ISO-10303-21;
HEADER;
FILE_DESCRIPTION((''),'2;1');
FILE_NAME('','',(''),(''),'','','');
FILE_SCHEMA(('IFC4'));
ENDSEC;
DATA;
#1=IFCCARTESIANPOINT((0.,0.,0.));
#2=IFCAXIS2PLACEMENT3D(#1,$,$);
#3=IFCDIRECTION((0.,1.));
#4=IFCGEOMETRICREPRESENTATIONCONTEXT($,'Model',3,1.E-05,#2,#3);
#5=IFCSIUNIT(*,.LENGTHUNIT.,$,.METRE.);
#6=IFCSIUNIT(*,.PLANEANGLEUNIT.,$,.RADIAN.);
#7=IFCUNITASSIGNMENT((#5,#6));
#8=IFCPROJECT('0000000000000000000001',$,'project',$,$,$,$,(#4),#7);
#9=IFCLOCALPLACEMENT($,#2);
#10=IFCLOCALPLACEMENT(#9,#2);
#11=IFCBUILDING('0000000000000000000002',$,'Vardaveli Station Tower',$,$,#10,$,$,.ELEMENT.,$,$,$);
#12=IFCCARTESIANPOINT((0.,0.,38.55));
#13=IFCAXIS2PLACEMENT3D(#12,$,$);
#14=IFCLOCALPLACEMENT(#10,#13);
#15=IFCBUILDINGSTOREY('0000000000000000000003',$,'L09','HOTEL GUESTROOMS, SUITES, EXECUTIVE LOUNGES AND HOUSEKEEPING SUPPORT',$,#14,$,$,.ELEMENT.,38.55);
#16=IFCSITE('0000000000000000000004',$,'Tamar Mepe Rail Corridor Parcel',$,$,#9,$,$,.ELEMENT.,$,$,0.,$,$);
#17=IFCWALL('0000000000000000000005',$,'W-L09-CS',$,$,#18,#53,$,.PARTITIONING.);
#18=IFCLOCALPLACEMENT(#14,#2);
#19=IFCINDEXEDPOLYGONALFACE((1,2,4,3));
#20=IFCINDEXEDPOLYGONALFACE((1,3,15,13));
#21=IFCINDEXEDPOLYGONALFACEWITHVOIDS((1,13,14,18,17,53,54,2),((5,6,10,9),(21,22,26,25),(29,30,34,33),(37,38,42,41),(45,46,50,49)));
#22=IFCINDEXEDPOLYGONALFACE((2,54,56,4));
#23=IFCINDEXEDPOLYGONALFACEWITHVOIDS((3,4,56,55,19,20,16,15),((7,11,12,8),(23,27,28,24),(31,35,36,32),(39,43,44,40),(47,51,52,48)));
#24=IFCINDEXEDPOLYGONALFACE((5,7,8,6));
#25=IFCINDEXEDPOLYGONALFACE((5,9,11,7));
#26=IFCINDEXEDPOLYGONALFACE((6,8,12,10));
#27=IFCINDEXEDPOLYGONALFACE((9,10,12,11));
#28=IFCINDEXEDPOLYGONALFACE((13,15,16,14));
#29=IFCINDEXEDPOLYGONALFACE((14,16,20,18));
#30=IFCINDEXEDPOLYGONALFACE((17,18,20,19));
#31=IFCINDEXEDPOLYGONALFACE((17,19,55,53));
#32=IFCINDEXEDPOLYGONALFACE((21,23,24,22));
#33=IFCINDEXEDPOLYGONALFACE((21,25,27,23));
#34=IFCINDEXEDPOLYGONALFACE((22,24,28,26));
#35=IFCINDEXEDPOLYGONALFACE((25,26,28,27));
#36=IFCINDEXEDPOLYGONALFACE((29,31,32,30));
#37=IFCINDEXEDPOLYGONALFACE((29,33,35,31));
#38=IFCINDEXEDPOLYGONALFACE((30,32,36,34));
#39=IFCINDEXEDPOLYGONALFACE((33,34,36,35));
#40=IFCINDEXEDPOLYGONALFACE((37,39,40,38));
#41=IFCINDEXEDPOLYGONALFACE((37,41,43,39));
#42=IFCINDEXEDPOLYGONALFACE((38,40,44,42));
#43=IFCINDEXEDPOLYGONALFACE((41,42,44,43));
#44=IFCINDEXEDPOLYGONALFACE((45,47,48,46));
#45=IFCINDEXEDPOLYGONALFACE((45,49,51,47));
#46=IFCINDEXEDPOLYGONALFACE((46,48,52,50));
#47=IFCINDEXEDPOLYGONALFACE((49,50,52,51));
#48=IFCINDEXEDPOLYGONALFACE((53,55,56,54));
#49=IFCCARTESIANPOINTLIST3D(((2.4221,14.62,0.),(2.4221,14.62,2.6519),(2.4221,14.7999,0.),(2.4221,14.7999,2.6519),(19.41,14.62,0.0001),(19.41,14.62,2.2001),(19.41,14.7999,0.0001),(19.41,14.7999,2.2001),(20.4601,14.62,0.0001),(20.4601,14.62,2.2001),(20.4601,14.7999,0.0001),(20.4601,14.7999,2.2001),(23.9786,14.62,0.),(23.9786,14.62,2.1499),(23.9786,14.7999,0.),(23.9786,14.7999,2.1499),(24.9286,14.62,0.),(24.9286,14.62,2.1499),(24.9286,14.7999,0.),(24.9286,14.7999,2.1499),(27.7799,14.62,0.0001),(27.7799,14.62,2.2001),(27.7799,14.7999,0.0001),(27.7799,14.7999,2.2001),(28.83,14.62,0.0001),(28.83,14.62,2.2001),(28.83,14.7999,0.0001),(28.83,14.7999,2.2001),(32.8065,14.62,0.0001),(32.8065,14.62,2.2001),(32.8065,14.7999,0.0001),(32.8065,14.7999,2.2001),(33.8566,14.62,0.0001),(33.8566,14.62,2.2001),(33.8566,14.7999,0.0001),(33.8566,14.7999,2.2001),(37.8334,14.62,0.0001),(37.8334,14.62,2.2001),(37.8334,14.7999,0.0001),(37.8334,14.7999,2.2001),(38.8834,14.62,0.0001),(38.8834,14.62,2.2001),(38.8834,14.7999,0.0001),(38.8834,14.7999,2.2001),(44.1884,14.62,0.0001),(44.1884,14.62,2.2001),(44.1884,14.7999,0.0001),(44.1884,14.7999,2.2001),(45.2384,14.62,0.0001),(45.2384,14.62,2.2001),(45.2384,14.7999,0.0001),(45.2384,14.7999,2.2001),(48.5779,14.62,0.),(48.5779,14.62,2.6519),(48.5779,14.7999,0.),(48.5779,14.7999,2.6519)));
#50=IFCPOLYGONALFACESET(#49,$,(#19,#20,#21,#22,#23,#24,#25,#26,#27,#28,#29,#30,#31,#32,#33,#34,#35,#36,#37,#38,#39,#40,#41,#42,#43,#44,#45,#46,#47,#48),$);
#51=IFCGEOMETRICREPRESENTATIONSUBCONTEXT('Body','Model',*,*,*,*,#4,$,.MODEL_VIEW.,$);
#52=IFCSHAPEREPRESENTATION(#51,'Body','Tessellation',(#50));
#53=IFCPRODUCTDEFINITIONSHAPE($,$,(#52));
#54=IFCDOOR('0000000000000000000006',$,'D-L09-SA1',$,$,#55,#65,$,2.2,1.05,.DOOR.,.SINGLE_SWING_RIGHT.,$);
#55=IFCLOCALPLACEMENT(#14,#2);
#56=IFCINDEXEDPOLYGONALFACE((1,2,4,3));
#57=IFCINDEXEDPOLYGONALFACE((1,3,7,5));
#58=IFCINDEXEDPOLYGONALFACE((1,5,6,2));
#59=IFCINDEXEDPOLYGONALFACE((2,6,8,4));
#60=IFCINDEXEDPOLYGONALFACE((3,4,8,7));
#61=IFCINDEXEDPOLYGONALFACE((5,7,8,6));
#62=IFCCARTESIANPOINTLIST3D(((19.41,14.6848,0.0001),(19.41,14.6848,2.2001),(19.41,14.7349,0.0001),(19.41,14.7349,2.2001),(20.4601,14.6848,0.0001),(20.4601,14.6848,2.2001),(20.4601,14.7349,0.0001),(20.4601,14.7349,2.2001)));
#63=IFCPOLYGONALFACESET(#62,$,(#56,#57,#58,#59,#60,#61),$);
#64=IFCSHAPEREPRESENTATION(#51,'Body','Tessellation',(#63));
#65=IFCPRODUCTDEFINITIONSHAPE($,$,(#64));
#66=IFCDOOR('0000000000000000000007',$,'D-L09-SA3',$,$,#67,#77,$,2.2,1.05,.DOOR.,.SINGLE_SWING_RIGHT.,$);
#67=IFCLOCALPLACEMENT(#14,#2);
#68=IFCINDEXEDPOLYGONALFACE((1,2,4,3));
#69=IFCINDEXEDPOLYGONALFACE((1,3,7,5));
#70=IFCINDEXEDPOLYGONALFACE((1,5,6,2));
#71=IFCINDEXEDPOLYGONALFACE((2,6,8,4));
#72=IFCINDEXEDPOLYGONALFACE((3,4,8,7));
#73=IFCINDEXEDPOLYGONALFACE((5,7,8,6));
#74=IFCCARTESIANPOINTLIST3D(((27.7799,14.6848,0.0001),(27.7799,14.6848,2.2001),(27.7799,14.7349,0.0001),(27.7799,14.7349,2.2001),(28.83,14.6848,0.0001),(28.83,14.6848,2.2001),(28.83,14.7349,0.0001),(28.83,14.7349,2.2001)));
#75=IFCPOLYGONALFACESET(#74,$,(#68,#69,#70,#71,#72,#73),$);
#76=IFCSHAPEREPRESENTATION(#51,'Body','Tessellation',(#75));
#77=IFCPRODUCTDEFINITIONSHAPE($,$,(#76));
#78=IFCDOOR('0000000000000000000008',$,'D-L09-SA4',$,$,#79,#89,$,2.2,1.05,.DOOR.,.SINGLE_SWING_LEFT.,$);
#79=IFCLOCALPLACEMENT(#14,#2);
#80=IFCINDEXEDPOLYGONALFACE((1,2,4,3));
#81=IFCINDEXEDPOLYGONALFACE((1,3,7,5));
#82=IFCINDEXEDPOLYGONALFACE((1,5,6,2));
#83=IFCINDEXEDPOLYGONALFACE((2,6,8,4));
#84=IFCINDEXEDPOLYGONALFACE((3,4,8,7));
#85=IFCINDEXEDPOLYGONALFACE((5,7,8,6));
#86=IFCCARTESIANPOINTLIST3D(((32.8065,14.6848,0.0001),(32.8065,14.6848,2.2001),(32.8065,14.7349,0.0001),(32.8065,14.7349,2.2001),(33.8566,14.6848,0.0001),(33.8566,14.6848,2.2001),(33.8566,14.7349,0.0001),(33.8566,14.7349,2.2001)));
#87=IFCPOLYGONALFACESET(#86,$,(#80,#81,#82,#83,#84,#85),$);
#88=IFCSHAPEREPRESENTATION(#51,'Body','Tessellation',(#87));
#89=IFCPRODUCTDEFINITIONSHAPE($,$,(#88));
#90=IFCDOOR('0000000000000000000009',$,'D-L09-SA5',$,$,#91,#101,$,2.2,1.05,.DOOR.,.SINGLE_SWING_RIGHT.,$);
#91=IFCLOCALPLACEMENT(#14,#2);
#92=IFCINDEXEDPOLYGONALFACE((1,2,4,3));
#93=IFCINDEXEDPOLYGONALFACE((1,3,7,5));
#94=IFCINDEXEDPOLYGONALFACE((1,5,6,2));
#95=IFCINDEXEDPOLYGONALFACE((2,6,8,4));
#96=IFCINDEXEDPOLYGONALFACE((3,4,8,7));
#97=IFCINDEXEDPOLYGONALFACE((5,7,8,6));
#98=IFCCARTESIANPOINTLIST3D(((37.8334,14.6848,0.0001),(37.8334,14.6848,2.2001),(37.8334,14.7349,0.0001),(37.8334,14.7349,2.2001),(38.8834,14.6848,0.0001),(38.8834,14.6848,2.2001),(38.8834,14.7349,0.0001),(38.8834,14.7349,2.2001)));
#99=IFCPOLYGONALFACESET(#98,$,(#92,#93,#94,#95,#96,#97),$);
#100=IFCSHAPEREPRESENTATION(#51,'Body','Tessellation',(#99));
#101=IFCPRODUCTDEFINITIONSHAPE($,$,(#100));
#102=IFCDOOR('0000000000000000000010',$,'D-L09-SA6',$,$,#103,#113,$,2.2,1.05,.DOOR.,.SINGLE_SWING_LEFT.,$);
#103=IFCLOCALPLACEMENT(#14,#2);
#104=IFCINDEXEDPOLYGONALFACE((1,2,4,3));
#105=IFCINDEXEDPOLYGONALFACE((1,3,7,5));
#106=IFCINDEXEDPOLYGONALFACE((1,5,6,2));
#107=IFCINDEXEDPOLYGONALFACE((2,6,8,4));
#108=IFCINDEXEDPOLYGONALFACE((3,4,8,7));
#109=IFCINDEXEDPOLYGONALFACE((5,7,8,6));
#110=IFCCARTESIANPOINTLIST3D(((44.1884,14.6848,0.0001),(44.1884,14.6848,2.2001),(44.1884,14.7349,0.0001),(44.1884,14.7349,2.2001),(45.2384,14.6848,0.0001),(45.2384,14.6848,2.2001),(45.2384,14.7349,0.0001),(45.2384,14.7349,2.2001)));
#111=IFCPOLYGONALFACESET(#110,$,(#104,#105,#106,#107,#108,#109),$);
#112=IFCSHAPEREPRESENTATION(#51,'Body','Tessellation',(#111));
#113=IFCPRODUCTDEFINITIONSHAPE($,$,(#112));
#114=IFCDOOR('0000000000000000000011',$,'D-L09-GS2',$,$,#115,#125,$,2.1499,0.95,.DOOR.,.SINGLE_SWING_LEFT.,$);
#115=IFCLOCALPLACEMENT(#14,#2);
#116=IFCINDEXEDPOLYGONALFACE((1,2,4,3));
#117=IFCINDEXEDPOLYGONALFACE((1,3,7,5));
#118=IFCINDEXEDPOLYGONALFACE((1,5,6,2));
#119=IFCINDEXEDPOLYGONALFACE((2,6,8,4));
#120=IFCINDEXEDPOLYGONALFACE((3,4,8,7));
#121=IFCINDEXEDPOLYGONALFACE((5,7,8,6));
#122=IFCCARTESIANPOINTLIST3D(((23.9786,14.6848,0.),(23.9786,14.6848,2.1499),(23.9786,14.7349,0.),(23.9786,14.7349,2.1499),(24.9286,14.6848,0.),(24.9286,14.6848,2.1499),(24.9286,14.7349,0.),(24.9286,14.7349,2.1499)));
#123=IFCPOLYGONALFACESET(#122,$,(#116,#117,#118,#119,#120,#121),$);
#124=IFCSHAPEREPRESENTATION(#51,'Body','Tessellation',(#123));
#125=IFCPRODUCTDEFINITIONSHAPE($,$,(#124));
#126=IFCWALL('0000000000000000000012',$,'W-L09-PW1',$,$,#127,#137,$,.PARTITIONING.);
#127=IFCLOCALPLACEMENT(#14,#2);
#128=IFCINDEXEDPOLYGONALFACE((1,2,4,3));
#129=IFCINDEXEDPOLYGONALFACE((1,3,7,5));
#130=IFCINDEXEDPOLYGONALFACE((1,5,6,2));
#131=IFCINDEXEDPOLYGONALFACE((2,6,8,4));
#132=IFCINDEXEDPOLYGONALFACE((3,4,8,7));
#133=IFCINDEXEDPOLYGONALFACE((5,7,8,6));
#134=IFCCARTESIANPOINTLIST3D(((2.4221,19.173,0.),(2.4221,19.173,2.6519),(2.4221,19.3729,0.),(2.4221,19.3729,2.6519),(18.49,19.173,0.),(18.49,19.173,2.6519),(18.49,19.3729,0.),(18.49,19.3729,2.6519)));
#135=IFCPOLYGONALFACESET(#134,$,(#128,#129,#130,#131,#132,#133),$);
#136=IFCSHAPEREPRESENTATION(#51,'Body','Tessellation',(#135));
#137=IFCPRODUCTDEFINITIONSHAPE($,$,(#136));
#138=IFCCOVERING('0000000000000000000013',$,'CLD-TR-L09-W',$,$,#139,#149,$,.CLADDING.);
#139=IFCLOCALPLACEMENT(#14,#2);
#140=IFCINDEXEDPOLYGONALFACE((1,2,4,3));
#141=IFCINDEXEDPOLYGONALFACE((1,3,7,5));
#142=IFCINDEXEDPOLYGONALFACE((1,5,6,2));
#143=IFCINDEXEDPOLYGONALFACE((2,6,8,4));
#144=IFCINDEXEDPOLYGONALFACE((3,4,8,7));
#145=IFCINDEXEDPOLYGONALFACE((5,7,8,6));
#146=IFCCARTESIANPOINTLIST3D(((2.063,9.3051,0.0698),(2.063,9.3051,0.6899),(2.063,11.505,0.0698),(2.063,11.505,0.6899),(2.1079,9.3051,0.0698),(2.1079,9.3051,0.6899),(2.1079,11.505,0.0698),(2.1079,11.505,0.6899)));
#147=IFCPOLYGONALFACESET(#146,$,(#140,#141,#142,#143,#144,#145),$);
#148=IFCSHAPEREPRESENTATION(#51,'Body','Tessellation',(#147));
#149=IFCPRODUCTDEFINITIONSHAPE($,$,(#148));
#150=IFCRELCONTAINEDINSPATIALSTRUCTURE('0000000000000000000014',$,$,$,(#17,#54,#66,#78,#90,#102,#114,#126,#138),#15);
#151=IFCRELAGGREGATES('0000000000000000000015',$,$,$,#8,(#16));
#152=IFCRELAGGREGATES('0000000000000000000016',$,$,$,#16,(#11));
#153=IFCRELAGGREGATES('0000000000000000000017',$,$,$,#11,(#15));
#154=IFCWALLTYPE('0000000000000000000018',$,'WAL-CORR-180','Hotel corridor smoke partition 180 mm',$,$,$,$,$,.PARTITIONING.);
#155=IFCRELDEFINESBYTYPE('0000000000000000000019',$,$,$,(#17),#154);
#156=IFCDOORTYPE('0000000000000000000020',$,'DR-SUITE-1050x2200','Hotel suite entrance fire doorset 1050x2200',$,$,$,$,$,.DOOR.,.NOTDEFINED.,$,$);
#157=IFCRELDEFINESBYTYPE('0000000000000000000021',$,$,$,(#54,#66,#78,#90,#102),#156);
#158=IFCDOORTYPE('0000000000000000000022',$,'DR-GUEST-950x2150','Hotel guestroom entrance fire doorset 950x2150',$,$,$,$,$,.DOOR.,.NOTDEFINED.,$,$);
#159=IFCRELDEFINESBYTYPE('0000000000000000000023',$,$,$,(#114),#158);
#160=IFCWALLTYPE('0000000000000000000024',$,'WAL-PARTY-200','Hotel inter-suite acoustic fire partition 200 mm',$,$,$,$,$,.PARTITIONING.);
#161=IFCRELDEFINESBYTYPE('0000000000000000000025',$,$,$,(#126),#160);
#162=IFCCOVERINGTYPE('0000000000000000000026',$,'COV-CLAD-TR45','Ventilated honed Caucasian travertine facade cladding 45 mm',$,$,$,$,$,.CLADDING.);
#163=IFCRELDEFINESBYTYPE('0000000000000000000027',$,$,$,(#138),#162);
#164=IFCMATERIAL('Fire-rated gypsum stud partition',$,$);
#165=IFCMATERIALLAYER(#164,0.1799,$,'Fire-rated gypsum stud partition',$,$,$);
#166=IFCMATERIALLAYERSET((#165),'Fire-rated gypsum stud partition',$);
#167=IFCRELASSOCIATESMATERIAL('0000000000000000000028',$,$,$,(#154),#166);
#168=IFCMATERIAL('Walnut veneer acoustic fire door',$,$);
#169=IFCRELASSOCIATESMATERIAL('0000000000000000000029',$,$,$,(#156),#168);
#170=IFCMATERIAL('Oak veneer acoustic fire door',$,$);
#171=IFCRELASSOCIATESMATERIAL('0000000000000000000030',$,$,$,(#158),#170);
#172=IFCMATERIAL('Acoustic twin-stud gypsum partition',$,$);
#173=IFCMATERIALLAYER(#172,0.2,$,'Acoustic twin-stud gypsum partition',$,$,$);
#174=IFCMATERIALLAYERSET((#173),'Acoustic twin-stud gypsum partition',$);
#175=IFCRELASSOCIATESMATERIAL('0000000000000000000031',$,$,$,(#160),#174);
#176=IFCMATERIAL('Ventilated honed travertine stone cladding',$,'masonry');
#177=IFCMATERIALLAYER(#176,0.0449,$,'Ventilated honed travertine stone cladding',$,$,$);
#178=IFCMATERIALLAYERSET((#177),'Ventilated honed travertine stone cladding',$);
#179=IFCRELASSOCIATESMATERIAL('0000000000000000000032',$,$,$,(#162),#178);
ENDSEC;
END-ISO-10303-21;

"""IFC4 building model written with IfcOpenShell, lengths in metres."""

from ifc_helpers import new_model, si_unit, direction, frame, frame_2d, origin, origin_2d, place, context, subcontext, project, spatial, rectangle, extrude, source, transform, mapped, material, layer, layer_set, type_object, element, fill, save


model = new_model("IFC4")

# Units and contexts
model_context = context("Model", 3, precision=1e-05, world=origin(), true_north=direction((0.0, 1.0)))
body_context = subcontext(model_context, "Body", "Model", "MODEL_VIEW")
ifc_project = project(units=[si_unit("LENGTHUNIT", "METRE"), si_unit("PLANEANGLEUNIT", "RADIAN")], contexts=[model_context])

# Site, building, storey
site_placement = place(None, origin())
site = spatial("IfcSite", under=ifc_project, at=site_placement, Name="Tamar Mepe Rail Corridor Parcel", CompositionType="ELEMENT", RefElevation=0.0)
building_placement = place(site_placement, origin())
building = spatial("IfcBuilding", under=site, at=building_placement, Name="Vardaveli Station Tower", CompositionType="ELEMENT")
storey_placement = place(building_placement, frame((0.0, 0.0, 38.55)))
storey = spatial("IfcBuildingStorey", under=building, at=storey_placement, Name="L09", Description="HOTEL GUESTROOMS, SUITES, EXECUTIVE LOUNGES AND HOUSEKEEPING SUPPORT", CompositionType="ELEMENT", Elevation=38.55)

# Wall, openings, doors
ifc_material_1 = material(Name="Fire-rated gypsum stud partition")
ifc_layer_1 = layer(ifc_material_1, 0.1799, Name="Fire-rated gypsum stud partition")
ifc_layer_set_1 = layer_set([ifc_layer_1], Name="Fire-rated gypsum stud partition")
wall_type_1 = type_object("IfcWallType", Name="WAL-CORR-180", Description="Hotel corridor smoke partition 180 mm", PredefinedType="PARTITIONING", material=ifc_layer_set_1)
shared_shape_1 = source(origin(), body_context, "Body", "SweptSolid", [
    extrude(rectangle(XDim=46.1558, YDim=0.1799, at=frame_2d((23.0779, 0.0))), origin(), (0.0, 0.0, 1.0), 2.6519),
])
wall_1_placement = place(storey_placement, frame((2.4221, 14.71, 0.0), z_axis=(0.0, 0.0, 1.0), x_axis=(1.0, 0.0, 0.0)))
wall_1 = element("IfcWall", 1, at=wall_1_placement, inside=storey, type_object=wall_type_1, Name="W-L09-CS", PredefinedType="PARTITIONING", context=body_context, shape_type="MappedRepresentation", body=[
    mapped(shared_shape_1, transform((0.0, 0.0, 0.0), scale=1.0)),
])
shared_shape_2 = source(origin(), body_context, "Body", "SweptSolid", [
    extrude(rectangle(XDim=1.05, YDim=2.2, at=frame_2d((0.5249, 1.1001))), frame((0.0, 0.1001, 0.0), z_axis=(0.0, -1.0, 0.0), x_axis=(1.0, 0.0, 0.0)), (0.0, 0.0, 1.0), 0.2),
])
opening_1_placement = place(wall_1_placement, frame((16.988, 0.0, 0.0)))
opening_1 = element("IfcOpeningElement", 2, at=opening_1_placement, cuts=wall_1, PredefinedType="OPENING", context=body_context, shape_type="MappedRepresentation", body=[
    mapped(shared_shape_2, transform((0.0, 0.0, 0.0), scale=1.0)),
])
shared_shape_3 = source(origin(), body_context, "Body", "SweptSolid", [
    extrude(rectangle(XDim=0.95, YDim=2.1499, at=frame_2d((0.4751, 1.075))), frame((0.0, 0.1001, 0.0), z_axis=(0.0, -1.0, 0.0), x_axis=(1.0, 0.0, 0.0)), (0.0, 0.0, 1.0), 0.2),
])
opening_2_placement = place(wall_1_placement, frame((21.5564, 0.0, 0.0)))
opening_2 = element("IfcOpeningElement", 3, at=opening_2_placement, cuts=wall_1, PredefinedType="OPENING", context=body_context, shape_type="MappedRepresentation", body=[
    mapped(shared_shape_3, transform((0.0, 0.0, 0.0), scale=1.0)),
])
opening_3_placement = place(wall_1_placement, frame((25.3579, 0.0, 0.0)))
opening_3 = element("IfcOpeningElement", 4, at=opening_3_placement, cuts=wall_1, PredefinedType="OPENING", context=body_context, shape_type="MappedRepresentation", body=[
    mapped(shared_shape_2, transform((0.0, 0.0, 0.0), scale=1.0)),
])
opening_4_placement = place(wall_1_placement, frame((30.3845, 0.0, 0.0)))
opening_4 = element("IfcOpeningElement", 5, at=opening_4_placement, cuts=wall_1, PredefinedType="OPENING", context=body_context, shape_type="MappedRepresentation", body=[
    mapped(shared_shape_2, transform((0.0, 0.0, 0.0), scale=1.0)),
])
opening_5_placement = place(wall_1_placement, frame((35.4114, 0.0, 0.0)))
opening_5 = element("IfcOpeningElement", 6, at=opening_5_placement, cuts=wall_1, PredefinedType="OPENING", context=body_context, shape_type="MappedRepresentation", body=[
    mapped(shared_shape_2, transform((0.0, 0.0, 0.0), scale=1.0)),
])
opening_6_placement = place(wall_1_placement, frame((41.7664, 0.0, 0.0)))
opening_6 = element("IfcOpeningElement", 7, at=opening_6_placement, cuts=wall_1, PredefinedType="OPENING", context=body_context, shape_type="MappedRepresentation", body=[
    mapped(shared_shape_2, transform((0.0, 0.0, 0.0), scale=1.0)),
])
ifc_material_2 = material(Name="Walnut veneer acoustic fire door")
door_type_1 = type_object("IfcDoorType", Name="DR-SUITE-1050x2200", Description="Hotel suite entrance fire doorset 1050x2200", OperationType="NOTDEFINED", PredefinedType="DOOR", material=ifc_material_2)
shared_shape_4 = source(origin(), body_context, "Body", "SweptSolid", [
    extrude(rectangle(XDim=1.05, YDim=2.2, at=frame_2d((0.5249, 1.1001))), frame((0.0, 0.0249, 0.0), z_axis=(0.0, -1.0, 0.0), x_axis=(1.0, 0.0, 0.0)), (0.0, 0.0, 1.0), 0.05),
])
door_1_placement = place(opening_1_placement, origin())
door_1 = element("IfcDoor", 8, at=door_1_placement, inside=storey, type_object=door_type_1, Name="D-L09-SA1", OperationType="SINGLE_SWING_RIGHT", OverallHeight=2.2, OverallWidth=1.05, PredefinedType="DOOR", context=body_context, shape_type="MappedRepresentation", body=[
    mapped(shared_shape_4, transform((0.0, 0.0, 0.0), scale=1.0)),
])
fill(opening_1, door_1)
door_2_placement = place(opening_3_placement, origin())
door_2 = element("IfcDoor", 9, at=door_2_placement, inside=storey, type_object=door_type_1, Name="D-L09-SA3", OperationType="SINGLE_SWING_RIGHT", OverallHeight=2.2, OverallWidth=1.05, PredefinedType="DOOR", context=body_context, shape_type="MappedRepresentation", body=[
    mapped(shared_shape_4, transform((0.0, 0.0, 0.0), scale=1.0)),
])
fill(opening_3, door_2)
door_3_placement = place(opening_4_placement, origin())
door_3 = element("IfcDoor", 10, at=door_3_placement, inside=storey, type_object=door_type_1, Name="D-L09-SA4", OperationType="SINGLE_SWING_LEFT", OverallHeight=2.2, OverallWidth=1.05, PredefinedType="DOOR", context=body_context, shape_type="MappedRepresentation", body=[
    mapped(shared_shape_4, transform((0.0, 0.0, 0.0), scale=1.0)),
])
fill(opening_4, door_3)
door_4_placement = place(opening_5_placement, origin())
door_4 = element("IfcDoor", 11, at=door_4_placement, inside=storey, type_object=door_type_1, Name="D-L09-SA5", OperationType="SINGLE_SWING_RIGHT", OverallHeight=2.2, OverallWidth=1.05, PredefinedType="DOOR", context=body_context, shape_type="MappedRepresentation", body=[
    mapped(shared_shape_4, transform((0.0, 0.0, 0.0), scale=1.0)),
])
fill(opening_5, door_4)
door_5_placement = place(opening_6_placement, origin())
door_5 = element("IfcDoor", 12, at=door_5_placement, inside=storey, type_object=door_type_1, Name="D-L09-SA6", OperationType="SINGLE_SWING_LEFT", OverallHeight=2.2, OverallWidth=1.05, PredefinedType="DOOR", context=body_context, shape_type="MappedRepresentation", body=[
    mapped(shared_shape_4, transform((0.0, 0.0, 0.0), scale=1.0)),
])
fill(opening_6, door_5)
ifc_material_3 = material(Name="Oak veneer acoustic fire door")
door_type_2 = type_object("IfcDoorType", Name="DR-GUEST-950x2150", Description="Hotel guestroom entrance fire doorset 950x2150", OperationType="NOTDEFINED", PredefinedType="DOOR", material=ifc_material_3)
shared_shape_5 = source(origin(), body_context, "Body", "SweptSolid", [
    extrude(rectangle(XDim=0.95, YDim=2.1499, at=frame_2d((0.4751, 1.075))), frame((0.0, 0.0249, 0.0), z_axis=(0.0, -1.0, 0.0), x_axis=(1.0, 0.0, 0.0)), (0.0, 0.0, 1.0), 0.05),
])
door_6_placement = place(opening_2_placement, origin())
door_6 = element("IfcDoor", 13, at=door_6_placement, inside=storey, type_object=door_type_2, Name="D-L09-GS2", OperationType="SINGLE_SWING_LEFT", OverallHeight=2.1499, OverallWidth=0.95, PredefinedType="DOOR", context=body_context, shape_type="MappedRepresentation", body=[
    mapped(shared_shape_5, transform((0.0, 0.0, 0.0), scale=1.0)),
])
fill(opening_2, door_6)

# Wall
ifc_material_4 = material(Name="Acoustic twin-stud gypsum partition")
ifc_layer_2 = layer(ifc_material_4, 0.2, Name="Acoustic twin-stud gypsum partition")
ifc_layer_set_2 = layer_set([ifc_layer_2], Name="Acoustic twin-stud gypsum partition")
wall_type_2 = type_object("IfcWallType", Name="WAL-PARTY-200", Description="Hotel inter-suite acoustic fire partition 200 mm", PredefinedType="PARTITIONING", material=ifc_layer_set_2)
shared_shape_6 = source(origin(), body_context, "Body", "SweptSolid", [
    extrude(rectangle(XDim=16.0679, YDim=0.2, at=frame_2d((8.0339, 0.0))), origin(), (0.0, 0.0, 1.0), 2.6519),
])
wall_2_placement = place(storey_placement, frame((2.4221, 19.2729, 0.0), z_axis=(0.0, 0.0, 1.0), x_axis=(1.0, 0.0, 0.0)))
element("IfcWall", 14, at=wall_2_placement, inside=storey, type_object=wall_type_2, Name="W-L09-PW1", PredefinedType="PARTITIONING", context=body_context, shape_type="MappedRepresentation", body=[
    mapped(shared_shape_6, transform((0.0, 0.0, 0.0), scale=1.0)),
])

# Covering
ifc_material_5 = material(Name="Ventilated honed travertine stone cladding", Category="masonry")
ifc_layer_3 = layer(ifc_material_5, 0.0449, Name="Ventilated honed travertine stone cladding")
ifc_layer_set_3 = layer_set([ifc_layer_3], Name="Ventilated honed travertine stone cladding")
covering_type = type_object("IfcCoveringType", Name="COV-CLAD-TR45", Description="Ventilated honed Caucasian travertine facade cladding 45 mm", PredefinedType="CLADDING", material=ifc_layer_set_3)
shared_shape_7 = source(origin(), body_context, "Body", "SweptSolid", [
    extrude(rectangle(XDim=2.2, YDim=0.0449, at=origin_2d()), origin(), (0.0, 0.0, 1.0), 0.6201),
])
covering_placement = place(storey_placement, frame((2.0854, 10.405, 0.0698), z_axis=(0.0, 0.0, 1.0), x_axis=(0.0, 1.0, 0.0)))
element("IfcCovering", 15, at=covering_placement, inside=storey, type_object=covering_type, Name="CLD-TR-L09-W", PredefinedType="CLADDING", context=body_context, shape_type="MappedRepresentation", body=[
    mapped(shared_shape_7, transform((0.0, 0.0, 0.0), scale=1.0)),
])

save(model, "model.ifc")
